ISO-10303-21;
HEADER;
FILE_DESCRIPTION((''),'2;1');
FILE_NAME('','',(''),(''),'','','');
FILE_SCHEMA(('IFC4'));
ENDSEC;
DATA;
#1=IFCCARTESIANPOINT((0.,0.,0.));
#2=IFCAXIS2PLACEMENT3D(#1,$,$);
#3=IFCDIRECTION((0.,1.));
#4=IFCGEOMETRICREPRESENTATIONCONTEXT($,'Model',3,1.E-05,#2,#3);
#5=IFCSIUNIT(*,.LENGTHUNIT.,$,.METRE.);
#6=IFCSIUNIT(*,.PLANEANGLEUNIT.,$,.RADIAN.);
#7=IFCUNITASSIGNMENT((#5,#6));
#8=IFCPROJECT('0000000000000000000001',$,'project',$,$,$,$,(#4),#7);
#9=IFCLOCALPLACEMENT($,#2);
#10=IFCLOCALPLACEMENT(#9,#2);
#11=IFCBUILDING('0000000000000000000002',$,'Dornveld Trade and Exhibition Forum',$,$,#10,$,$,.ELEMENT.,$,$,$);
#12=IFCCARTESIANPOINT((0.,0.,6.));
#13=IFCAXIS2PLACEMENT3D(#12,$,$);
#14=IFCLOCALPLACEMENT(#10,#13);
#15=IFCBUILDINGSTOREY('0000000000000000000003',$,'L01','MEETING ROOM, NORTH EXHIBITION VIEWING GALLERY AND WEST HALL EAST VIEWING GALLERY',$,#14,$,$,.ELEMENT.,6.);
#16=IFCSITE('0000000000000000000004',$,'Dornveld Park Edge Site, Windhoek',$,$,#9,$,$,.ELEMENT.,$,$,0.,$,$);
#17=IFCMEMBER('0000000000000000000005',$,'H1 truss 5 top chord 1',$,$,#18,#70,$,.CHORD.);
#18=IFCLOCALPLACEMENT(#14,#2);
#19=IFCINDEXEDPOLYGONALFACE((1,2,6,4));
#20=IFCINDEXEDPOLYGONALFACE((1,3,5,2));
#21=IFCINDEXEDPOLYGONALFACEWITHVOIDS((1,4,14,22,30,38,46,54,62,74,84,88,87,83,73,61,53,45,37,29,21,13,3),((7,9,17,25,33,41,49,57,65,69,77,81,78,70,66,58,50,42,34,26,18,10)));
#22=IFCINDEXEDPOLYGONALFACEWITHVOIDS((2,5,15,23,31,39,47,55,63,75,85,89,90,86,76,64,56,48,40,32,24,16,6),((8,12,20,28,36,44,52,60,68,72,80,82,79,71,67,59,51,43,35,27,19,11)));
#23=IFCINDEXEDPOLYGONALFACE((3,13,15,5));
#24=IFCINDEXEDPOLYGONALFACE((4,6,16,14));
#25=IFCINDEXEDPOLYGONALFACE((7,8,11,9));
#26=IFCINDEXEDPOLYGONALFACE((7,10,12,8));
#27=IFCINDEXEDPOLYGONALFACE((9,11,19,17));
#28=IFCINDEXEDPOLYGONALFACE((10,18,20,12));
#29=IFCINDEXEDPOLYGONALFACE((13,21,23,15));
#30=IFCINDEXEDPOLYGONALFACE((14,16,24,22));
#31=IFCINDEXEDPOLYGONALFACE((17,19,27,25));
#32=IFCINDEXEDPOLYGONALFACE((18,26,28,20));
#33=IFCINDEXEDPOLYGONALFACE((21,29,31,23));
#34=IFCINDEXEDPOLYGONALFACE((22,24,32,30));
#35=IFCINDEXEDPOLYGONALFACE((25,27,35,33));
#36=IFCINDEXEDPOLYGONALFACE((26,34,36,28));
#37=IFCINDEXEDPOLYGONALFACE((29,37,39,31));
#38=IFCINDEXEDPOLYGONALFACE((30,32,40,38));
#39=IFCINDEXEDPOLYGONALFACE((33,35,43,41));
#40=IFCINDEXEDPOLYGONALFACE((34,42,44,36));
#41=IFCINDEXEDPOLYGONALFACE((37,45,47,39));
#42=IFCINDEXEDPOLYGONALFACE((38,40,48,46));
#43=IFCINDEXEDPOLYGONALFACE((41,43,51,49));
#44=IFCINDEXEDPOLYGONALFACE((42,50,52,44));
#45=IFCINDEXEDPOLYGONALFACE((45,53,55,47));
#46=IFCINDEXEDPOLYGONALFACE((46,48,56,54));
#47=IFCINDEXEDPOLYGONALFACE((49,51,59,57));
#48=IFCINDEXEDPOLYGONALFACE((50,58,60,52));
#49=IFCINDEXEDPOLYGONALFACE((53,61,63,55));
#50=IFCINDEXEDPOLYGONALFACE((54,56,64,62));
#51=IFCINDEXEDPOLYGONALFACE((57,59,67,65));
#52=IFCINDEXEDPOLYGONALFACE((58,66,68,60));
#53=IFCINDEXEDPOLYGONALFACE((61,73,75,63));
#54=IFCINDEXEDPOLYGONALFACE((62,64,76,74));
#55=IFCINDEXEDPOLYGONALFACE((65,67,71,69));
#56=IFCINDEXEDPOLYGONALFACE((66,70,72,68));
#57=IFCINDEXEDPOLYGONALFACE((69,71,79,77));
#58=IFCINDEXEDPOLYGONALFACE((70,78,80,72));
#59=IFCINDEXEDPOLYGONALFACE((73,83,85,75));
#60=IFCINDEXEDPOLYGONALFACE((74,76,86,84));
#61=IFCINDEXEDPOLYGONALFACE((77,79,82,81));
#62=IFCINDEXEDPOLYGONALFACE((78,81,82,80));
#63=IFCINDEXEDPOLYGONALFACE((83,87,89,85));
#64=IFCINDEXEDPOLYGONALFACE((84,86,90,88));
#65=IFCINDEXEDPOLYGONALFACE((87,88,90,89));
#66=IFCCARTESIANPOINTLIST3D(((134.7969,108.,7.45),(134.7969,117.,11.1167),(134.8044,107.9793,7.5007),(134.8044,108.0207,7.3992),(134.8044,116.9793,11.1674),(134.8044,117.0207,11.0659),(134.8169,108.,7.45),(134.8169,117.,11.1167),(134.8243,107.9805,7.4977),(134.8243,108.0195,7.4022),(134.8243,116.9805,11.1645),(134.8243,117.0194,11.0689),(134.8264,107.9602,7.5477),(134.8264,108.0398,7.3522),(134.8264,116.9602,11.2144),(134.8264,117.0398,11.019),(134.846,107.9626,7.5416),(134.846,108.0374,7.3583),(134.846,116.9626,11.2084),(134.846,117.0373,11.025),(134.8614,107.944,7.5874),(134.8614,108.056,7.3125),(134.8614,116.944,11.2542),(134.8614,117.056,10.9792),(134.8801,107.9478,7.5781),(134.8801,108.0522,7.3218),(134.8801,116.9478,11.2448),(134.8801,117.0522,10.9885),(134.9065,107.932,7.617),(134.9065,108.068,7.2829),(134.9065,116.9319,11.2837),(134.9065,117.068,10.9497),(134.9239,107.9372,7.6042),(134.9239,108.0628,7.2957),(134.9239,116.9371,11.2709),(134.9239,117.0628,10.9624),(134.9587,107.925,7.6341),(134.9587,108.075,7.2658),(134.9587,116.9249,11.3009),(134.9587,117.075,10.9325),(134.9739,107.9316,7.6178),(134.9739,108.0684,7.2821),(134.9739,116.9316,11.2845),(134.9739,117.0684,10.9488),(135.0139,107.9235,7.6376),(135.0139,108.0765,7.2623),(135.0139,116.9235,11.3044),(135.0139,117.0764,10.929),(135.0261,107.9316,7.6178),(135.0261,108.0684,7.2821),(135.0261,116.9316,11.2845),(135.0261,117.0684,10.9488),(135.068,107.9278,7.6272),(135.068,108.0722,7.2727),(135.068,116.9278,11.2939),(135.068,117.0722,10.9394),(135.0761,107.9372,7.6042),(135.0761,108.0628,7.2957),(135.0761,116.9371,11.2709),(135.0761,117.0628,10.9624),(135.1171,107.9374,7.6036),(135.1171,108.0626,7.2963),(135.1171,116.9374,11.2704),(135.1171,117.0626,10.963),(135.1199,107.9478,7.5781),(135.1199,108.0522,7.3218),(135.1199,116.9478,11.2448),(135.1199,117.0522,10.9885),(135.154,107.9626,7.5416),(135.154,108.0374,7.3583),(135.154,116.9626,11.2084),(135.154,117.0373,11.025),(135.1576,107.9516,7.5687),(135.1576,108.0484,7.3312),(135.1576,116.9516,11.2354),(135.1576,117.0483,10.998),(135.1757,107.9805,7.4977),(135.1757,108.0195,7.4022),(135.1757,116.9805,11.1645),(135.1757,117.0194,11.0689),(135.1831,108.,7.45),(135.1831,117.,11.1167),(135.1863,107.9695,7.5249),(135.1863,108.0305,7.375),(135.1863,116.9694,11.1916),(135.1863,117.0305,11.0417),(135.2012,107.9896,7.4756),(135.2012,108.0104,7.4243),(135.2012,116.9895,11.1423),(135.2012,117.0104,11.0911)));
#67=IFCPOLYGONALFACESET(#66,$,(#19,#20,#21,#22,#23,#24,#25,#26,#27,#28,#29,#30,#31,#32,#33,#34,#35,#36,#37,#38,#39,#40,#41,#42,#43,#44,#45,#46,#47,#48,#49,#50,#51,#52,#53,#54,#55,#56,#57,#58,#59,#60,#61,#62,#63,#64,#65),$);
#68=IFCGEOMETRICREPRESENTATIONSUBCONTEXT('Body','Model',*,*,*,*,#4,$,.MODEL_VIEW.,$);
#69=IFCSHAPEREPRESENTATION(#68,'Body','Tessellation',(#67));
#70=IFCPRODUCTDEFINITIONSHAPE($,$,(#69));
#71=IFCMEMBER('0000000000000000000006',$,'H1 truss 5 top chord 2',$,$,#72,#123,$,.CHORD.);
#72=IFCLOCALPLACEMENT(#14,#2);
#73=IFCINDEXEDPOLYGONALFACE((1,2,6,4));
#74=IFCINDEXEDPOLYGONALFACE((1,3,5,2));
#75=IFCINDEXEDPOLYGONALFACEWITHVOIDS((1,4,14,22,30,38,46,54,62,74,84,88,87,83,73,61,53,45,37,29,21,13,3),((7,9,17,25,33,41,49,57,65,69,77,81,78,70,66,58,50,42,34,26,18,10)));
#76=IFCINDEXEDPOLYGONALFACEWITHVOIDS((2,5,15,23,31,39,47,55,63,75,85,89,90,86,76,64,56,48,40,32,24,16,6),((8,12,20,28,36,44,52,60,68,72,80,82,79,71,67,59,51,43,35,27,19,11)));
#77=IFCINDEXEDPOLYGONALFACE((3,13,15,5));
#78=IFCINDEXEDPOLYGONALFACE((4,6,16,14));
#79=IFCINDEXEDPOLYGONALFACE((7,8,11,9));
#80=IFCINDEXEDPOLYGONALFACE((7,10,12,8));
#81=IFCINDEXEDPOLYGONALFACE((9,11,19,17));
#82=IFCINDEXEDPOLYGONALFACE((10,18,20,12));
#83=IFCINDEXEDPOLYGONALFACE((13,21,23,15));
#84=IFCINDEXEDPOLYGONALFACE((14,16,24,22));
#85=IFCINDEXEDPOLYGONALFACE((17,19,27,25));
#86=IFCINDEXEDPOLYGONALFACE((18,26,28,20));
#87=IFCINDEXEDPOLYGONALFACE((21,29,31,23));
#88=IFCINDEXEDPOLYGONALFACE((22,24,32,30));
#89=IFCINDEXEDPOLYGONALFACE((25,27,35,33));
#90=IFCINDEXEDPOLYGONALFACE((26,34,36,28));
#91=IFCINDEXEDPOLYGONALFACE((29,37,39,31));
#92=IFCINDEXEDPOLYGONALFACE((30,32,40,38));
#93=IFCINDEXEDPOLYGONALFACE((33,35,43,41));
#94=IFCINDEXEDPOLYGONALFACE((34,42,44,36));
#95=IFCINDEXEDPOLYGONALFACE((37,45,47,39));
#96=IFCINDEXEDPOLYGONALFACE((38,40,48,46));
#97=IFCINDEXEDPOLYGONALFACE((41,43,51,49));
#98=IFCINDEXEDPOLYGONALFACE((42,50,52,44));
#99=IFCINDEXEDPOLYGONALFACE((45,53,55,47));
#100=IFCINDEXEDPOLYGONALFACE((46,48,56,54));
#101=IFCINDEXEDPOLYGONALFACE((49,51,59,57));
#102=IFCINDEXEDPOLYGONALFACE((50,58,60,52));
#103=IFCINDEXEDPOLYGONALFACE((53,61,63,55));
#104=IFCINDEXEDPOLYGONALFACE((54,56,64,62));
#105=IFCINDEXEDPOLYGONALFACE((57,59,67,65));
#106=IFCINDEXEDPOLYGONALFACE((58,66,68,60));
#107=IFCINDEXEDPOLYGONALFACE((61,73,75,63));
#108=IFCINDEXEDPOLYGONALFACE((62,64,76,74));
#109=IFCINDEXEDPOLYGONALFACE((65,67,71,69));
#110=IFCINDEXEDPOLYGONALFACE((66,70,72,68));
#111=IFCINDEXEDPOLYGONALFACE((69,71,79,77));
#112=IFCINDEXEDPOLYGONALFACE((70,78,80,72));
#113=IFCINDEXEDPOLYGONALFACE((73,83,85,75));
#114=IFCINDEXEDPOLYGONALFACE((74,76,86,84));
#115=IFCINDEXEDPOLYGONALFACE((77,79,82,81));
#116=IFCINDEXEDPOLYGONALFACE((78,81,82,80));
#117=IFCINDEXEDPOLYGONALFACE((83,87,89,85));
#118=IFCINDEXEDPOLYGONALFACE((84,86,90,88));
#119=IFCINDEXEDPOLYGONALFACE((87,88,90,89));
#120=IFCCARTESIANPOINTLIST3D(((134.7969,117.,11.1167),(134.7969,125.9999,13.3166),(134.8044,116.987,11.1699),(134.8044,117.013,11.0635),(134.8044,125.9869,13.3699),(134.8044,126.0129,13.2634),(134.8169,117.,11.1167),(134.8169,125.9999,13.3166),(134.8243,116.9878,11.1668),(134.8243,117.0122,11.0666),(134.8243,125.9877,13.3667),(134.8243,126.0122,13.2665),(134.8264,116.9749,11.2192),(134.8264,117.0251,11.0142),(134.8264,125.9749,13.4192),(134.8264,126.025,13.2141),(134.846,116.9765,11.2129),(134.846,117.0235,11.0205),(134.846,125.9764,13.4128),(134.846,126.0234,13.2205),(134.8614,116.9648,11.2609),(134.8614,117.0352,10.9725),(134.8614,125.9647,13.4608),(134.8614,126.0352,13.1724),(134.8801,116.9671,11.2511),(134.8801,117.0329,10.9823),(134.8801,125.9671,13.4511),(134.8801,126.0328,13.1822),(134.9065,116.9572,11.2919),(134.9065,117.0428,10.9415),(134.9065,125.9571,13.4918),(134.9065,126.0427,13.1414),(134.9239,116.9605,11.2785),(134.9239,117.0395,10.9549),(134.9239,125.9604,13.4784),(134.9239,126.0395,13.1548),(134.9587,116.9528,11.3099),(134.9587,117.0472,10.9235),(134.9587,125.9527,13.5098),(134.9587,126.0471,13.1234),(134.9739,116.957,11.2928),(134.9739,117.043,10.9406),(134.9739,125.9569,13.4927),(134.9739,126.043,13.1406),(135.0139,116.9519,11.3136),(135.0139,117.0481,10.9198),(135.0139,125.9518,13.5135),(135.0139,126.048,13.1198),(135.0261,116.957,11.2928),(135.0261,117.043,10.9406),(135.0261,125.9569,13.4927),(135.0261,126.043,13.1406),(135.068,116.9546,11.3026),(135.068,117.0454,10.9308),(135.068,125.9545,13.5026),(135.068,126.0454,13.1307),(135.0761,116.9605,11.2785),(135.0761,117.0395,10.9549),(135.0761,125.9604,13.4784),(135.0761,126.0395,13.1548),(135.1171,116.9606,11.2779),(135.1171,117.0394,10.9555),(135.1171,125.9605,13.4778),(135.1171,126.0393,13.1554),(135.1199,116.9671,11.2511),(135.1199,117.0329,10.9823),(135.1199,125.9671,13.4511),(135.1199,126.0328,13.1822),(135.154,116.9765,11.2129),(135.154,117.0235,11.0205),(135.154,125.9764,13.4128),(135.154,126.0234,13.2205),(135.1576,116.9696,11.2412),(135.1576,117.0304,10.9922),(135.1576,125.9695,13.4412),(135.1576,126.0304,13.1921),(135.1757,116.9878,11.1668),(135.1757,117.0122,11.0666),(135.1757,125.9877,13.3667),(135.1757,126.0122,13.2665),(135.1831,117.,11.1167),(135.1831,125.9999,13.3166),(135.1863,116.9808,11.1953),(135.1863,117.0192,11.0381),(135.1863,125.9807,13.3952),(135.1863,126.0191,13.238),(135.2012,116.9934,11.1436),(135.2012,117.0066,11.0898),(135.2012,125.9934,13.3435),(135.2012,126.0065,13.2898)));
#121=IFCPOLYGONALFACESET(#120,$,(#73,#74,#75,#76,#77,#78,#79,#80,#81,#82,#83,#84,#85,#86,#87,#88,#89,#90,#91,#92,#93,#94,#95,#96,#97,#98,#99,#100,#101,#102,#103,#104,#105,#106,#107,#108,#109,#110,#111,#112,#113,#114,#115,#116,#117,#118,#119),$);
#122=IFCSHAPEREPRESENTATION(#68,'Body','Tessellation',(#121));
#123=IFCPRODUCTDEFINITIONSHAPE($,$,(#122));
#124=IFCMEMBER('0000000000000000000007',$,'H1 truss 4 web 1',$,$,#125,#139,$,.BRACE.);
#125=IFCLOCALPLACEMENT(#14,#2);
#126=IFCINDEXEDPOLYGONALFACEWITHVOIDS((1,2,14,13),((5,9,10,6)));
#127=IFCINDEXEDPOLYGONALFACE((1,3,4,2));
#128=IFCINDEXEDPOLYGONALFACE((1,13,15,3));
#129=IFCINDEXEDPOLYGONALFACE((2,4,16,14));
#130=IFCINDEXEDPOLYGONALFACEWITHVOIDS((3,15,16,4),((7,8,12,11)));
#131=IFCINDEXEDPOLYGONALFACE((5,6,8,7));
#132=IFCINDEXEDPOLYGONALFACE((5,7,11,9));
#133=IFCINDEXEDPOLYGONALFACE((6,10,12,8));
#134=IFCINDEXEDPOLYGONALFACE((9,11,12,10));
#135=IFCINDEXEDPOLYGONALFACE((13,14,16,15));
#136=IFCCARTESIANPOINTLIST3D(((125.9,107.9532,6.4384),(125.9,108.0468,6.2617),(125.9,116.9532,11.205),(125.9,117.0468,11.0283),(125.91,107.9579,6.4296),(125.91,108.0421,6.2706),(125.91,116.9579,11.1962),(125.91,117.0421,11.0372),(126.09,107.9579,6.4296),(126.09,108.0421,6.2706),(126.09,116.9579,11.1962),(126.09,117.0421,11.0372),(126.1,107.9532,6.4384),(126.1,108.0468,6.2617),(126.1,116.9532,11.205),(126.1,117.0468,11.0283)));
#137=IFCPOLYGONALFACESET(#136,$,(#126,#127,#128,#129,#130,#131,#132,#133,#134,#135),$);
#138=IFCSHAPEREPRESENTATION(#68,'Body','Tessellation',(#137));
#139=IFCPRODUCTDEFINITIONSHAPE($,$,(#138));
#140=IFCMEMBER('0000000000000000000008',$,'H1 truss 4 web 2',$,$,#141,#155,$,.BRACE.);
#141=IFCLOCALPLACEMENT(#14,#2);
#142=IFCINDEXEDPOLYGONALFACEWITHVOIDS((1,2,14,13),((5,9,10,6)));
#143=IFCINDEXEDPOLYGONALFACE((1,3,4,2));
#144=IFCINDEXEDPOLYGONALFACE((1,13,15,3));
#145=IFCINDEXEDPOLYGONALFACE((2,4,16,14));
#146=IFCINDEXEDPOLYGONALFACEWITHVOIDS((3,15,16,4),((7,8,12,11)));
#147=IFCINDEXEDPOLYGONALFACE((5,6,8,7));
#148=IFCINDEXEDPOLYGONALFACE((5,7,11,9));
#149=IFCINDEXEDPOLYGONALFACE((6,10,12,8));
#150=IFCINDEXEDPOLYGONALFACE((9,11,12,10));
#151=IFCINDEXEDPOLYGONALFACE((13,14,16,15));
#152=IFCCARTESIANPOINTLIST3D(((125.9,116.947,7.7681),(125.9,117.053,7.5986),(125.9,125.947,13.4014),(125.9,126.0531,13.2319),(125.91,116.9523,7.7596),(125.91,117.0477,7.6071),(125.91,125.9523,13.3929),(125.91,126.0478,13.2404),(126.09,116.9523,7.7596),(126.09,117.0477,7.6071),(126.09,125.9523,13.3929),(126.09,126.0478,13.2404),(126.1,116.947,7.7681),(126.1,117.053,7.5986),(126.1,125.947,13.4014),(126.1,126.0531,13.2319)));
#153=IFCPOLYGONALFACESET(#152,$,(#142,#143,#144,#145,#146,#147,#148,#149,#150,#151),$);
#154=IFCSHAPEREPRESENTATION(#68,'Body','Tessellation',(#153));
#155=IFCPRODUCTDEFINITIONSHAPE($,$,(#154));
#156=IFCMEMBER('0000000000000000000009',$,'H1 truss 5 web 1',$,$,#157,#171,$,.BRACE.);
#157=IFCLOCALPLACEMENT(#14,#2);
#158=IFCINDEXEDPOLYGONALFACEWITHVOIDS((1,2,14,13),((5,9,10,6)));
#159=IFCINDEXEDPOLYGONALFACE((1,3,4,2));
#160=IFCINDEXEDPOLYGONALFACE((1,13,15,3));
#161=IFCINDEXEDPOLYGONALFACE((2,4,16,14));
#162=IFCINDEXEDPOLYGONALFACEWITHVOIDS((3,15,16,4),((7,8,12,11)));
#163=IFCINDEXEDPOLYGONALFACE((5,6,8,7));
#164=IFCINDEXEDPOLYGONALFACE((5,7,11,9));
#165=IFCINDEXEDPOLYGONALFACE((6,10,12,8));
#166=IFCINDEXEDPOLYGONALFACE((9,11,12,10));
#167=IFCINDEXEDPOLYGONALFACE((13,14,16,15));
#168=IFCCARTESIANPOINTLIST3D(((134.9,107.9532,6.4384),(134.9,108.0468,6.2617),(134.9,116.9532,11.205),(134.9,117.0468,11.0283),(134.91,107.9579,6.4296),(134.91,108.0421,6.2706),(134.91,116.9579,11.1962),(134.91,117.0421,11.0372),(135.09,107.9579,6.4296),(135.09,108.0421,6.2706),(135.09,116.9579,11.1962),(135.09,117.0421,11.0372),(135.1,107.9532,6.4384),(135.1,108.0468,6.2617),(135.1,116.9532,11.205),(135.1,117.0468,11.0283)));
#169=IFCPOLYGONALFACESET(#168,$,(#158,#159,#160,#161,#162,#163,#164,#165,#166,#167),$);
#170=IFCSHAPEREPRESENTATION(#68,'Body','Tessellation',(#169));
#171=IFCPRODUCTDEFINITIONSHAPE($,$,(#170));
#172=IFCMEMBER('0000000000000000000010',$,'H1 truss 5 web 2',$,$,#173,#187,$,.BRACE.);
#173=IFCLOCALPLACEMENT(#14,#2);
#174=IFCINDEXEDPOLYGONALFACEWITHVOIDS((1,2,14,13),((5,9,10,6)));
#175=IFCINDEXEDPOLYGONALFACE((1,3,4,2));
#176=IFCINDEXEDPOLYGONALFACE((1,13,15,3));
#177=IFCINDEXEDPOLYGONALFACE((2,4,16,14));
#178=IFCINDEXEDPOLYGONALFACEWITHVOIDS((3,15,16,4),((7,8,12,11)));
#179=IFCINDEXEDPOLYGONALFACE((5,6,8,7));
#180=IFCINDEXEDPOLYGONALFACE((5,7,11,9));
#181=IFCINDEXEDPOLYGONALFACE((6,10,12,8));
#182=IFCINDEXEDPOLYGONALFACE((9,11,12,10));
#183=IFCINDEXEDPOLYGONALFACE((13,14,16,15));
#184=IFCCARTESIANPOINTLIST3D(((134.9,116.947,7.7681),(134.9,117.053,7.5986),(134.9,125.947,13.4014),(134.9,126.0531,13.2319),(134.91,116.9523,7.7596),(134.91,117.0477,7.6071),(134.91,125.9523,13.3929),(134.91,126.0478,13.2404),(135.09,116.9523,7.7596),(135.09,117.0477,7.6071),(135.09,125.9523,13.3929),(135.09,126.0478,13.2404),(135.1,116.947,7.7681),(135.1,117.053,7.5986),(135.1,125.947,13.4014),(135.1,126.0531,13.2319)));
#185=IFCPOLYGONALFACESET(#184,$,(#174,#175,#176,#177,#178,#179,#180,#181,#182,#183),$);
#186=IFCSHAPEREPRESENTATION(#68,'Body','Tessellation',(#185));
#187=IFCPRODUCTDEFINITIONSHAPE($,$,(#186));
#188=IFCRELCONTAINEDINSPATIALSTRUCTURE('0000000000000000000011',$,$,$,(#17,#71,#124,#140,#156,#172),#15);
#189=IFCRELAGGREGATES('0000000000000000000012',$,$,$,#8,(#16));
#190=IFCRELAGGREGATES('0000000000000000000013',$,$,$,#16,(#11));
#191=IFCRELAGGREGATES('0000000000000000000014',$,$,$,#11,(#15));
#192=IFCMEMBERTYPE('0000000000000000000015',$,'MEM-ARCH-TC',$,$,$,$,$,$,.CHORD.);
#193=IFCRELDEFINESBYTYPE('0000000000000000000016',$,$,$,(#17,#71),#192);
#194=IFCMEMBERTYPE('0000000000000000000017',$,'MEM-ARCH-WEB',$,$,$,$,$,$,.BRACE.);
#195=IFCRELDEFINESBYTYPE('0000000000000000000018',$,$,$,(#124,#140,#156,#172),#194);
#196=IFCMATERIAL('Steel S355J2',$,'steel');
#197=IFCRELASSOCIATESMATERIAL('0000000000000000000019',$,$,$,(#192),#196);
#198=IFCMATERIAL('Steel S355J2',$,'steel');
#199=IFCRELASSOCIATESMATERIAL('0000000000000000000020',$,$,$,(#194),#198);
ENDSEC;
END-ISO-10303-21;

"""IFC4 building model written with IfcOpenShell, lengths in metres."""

from ifc_helpers import new_model, si_unit, direction, frame, origin, origin_2d, place, context, subcontext, project, spatial, hollow_rectangle, hollow_circle, extrude, material, material_profile, profile_set, type_object, element, save


model = new_model("IFC4")

# Units and contexts
model_context = context("Model", 3, precision=1e-05, world=origin(), true_north=direction((0.0, 1.0)))
body_context = subcontext(model_context, "Body", "Model", "MODEL_VIEW")
ifc_project = project(units=[si_unit("LENGTHUNIT", "METRE"), si_unit("PLANEANGLEUNIT", "RADIAN")], contexts=[model_context])

# Site, building, storey
site_placement = place(None, origin())
site = spatial("IfcSite", under=ifc_project, at=site_placement, Name="Dornveld Park Edge Site, Windhoek", CompositionType="ELEMENT", RefElevation=0.0)
building_placement = place(site_placement, origin())
building = spatial("IfcBuilding", under=site, at=building_placement, Name="Dornveld Trade and Exhibition Forum", CompositionType="ELEMENT")
storey_placement = place(building_placement, frame((0.0, 0.0, 6.0)))
storey = spatial("IfcBuildingStorey", under=building, at=storey_placement, Name="L01", Description="MEETING ROOM, NORTH EXHIBITION VIEWING GALLERY AND WEST HALL EAST VIEWING GALLERY", CompositionType="ELEMENT", Elevation=6.0)

# Members
ifc_material_1 = material(Name="Steel S355J2", Category="steel")
ifc_material_profile_1 = material_profile(ifc_material_1, hollow_circle(Radius=0.2031, WallThickness=0.02, at=origin_2d()), Name="CHS 406.4x20")
ifc_profile_set_1 = profile_set([ifc_material_profile_1], Name="Steel S355J2")
member_type_1 = type_object("IfcMemberType", Name="MEM-ARCH-TC", PredefinedType="CHORD", material=ifc_profile_set_1)
member_1_placement = place(storey_placement, frame((135.0, 108.0, 7.45), z_axis=(0.0, 0.926089, 0.377304), x_axis=(-1.0, 0.0, 0.0)))
element("IfcMember", 1, at=member_1_placement, inside=storey, type_object=member_type_1, Name="H1 truss 5 top chord 1", PredefinedType="CHORD", context=body_context, shape_type="SweptSolid", body=[
    extrude(hollow_circle(Radius=0.2031, WallThickness=0.02, at=origin_2d()), origin(), (0.0, 0.0, 1.0), 9.7183),
])
member_2_placement = place(storey_placement, frame((135.0, 117.0, 11.1167), z_axis=(0.0, 0.9714, 0.237448), x_axis=(-1.0, 0.0, 0.0)))
element("IfcMember", 2, at=member_2_placement, inside=storey, type_object=member_type_1, Name="H1 truss 5 top chord 2", PredefinedType="CHORD", context=body_context, shape_type="SweptSolid", body=[
    extrude(hollow_circle(Radius=0.2031, WallThickness=0.02, at=origin_2d()), origin(), (0.0, 0.0, 1.0), 9.2649),
])
ifc_material_2 = material(Name="Steel S355J2", Category="steel")
ifc_material_profile_2 = material_profile(ifc_material_2, hollow_rectangle(XDim=0.2, YDim=0.2, WallThickness=0.01, at=origin_2d()), Name="SHS 200x200x10")
ifc_profile_set_2 = profile_set([ifc_material_profile_2], Name="Steel S355J2")
member_type_2 = type_object("IfcMemberType", Name="MEM-ARCH-WEB", PredefinedType="BRACE", material=ifc_profile_set_2)
member_3_placement = place(storey_placement, frame((126.0, 108.0, 6.3501), z_axis=(0.0, 0.883711, 0.468033), x_axis=(-1.0, 0.0, 0.0)))
element("IfcMember", 3, at=member_3_placement, inside=storey, type_object=member_type_2, Name="H1 truss 4 web 1", PredefinedType="BRACE", context=body_context, shape_type="SweptSolid", body=[
    extrude(hollow_rectangle(XDim=0.2, YDim=0.2, WallThickness=0.01, at=origin_2d()), origin(), (0.0, 0.0, 1.0), 10.1843),
])
member_4_placement = place(storey_placement, frame((126.0, 117.0, 7.6833), z_axis=(0.0, 0.847647, 0.530561), x_axis=(-1.0, 0.0, 0.0)))
element("IfcMember", 4, at=member_4_placement, inside=storey, type_object=member_type_2, Name="H1 truss 4 web 2", PredefinedType="BRACE", context=body_context, shape_type="SweptSolid", body=[
    extrude(hollow_rectangle(XDim=0.2, YDim=0.2, WallThickness=0.01, at=origin_2d()), origin(), (0.0, 0.0, 1.0), 10.6177),
])
member_5_placement = place(storey_placement, frame((135.0, 108.0, 6.3501), z_axis=(0.0, 0.883711, 0.468033), x_axis=(-1.0, 0.0, 0.0)))
element("IfcMember", 5, at=member_5_placement, inside=storey, type_object=member_type_2, Name="H1 truss 5 web 1", PredefinedType="BRACE", context=body_context, shape_type="SweptSolid", body=[
    extrude(hollow_rectangle(XDim=0.2, YDim=0.2, WallThickness=0.01, at=origin_2d()), origin(), (0.0, 0.0, 1.0), 10.1843),
])
member_6_placement = place(storey_placement, frame((135.0, 117.0, 7.6833), z_axis=(0.0, 0.847647, 0.530561), x_axis=(-1.0, 0.0, 0.0)))
element("IfcMember", 6, at=member_6_placement, inside=storey, type_object=member_type_2, Name="H1 truss 5 web 2", PredefinedType="BRACE", context=body_context, shape_type="SweptSolid", body=[
    extrude(hollow_rectangle(XDim=0.2, YDim=0.2, WallThickness=0.01, at=origin_2d()), origin(), (0.0, 0.0, 1.0), 10.6177),
])

save(model, "model.ifc")
